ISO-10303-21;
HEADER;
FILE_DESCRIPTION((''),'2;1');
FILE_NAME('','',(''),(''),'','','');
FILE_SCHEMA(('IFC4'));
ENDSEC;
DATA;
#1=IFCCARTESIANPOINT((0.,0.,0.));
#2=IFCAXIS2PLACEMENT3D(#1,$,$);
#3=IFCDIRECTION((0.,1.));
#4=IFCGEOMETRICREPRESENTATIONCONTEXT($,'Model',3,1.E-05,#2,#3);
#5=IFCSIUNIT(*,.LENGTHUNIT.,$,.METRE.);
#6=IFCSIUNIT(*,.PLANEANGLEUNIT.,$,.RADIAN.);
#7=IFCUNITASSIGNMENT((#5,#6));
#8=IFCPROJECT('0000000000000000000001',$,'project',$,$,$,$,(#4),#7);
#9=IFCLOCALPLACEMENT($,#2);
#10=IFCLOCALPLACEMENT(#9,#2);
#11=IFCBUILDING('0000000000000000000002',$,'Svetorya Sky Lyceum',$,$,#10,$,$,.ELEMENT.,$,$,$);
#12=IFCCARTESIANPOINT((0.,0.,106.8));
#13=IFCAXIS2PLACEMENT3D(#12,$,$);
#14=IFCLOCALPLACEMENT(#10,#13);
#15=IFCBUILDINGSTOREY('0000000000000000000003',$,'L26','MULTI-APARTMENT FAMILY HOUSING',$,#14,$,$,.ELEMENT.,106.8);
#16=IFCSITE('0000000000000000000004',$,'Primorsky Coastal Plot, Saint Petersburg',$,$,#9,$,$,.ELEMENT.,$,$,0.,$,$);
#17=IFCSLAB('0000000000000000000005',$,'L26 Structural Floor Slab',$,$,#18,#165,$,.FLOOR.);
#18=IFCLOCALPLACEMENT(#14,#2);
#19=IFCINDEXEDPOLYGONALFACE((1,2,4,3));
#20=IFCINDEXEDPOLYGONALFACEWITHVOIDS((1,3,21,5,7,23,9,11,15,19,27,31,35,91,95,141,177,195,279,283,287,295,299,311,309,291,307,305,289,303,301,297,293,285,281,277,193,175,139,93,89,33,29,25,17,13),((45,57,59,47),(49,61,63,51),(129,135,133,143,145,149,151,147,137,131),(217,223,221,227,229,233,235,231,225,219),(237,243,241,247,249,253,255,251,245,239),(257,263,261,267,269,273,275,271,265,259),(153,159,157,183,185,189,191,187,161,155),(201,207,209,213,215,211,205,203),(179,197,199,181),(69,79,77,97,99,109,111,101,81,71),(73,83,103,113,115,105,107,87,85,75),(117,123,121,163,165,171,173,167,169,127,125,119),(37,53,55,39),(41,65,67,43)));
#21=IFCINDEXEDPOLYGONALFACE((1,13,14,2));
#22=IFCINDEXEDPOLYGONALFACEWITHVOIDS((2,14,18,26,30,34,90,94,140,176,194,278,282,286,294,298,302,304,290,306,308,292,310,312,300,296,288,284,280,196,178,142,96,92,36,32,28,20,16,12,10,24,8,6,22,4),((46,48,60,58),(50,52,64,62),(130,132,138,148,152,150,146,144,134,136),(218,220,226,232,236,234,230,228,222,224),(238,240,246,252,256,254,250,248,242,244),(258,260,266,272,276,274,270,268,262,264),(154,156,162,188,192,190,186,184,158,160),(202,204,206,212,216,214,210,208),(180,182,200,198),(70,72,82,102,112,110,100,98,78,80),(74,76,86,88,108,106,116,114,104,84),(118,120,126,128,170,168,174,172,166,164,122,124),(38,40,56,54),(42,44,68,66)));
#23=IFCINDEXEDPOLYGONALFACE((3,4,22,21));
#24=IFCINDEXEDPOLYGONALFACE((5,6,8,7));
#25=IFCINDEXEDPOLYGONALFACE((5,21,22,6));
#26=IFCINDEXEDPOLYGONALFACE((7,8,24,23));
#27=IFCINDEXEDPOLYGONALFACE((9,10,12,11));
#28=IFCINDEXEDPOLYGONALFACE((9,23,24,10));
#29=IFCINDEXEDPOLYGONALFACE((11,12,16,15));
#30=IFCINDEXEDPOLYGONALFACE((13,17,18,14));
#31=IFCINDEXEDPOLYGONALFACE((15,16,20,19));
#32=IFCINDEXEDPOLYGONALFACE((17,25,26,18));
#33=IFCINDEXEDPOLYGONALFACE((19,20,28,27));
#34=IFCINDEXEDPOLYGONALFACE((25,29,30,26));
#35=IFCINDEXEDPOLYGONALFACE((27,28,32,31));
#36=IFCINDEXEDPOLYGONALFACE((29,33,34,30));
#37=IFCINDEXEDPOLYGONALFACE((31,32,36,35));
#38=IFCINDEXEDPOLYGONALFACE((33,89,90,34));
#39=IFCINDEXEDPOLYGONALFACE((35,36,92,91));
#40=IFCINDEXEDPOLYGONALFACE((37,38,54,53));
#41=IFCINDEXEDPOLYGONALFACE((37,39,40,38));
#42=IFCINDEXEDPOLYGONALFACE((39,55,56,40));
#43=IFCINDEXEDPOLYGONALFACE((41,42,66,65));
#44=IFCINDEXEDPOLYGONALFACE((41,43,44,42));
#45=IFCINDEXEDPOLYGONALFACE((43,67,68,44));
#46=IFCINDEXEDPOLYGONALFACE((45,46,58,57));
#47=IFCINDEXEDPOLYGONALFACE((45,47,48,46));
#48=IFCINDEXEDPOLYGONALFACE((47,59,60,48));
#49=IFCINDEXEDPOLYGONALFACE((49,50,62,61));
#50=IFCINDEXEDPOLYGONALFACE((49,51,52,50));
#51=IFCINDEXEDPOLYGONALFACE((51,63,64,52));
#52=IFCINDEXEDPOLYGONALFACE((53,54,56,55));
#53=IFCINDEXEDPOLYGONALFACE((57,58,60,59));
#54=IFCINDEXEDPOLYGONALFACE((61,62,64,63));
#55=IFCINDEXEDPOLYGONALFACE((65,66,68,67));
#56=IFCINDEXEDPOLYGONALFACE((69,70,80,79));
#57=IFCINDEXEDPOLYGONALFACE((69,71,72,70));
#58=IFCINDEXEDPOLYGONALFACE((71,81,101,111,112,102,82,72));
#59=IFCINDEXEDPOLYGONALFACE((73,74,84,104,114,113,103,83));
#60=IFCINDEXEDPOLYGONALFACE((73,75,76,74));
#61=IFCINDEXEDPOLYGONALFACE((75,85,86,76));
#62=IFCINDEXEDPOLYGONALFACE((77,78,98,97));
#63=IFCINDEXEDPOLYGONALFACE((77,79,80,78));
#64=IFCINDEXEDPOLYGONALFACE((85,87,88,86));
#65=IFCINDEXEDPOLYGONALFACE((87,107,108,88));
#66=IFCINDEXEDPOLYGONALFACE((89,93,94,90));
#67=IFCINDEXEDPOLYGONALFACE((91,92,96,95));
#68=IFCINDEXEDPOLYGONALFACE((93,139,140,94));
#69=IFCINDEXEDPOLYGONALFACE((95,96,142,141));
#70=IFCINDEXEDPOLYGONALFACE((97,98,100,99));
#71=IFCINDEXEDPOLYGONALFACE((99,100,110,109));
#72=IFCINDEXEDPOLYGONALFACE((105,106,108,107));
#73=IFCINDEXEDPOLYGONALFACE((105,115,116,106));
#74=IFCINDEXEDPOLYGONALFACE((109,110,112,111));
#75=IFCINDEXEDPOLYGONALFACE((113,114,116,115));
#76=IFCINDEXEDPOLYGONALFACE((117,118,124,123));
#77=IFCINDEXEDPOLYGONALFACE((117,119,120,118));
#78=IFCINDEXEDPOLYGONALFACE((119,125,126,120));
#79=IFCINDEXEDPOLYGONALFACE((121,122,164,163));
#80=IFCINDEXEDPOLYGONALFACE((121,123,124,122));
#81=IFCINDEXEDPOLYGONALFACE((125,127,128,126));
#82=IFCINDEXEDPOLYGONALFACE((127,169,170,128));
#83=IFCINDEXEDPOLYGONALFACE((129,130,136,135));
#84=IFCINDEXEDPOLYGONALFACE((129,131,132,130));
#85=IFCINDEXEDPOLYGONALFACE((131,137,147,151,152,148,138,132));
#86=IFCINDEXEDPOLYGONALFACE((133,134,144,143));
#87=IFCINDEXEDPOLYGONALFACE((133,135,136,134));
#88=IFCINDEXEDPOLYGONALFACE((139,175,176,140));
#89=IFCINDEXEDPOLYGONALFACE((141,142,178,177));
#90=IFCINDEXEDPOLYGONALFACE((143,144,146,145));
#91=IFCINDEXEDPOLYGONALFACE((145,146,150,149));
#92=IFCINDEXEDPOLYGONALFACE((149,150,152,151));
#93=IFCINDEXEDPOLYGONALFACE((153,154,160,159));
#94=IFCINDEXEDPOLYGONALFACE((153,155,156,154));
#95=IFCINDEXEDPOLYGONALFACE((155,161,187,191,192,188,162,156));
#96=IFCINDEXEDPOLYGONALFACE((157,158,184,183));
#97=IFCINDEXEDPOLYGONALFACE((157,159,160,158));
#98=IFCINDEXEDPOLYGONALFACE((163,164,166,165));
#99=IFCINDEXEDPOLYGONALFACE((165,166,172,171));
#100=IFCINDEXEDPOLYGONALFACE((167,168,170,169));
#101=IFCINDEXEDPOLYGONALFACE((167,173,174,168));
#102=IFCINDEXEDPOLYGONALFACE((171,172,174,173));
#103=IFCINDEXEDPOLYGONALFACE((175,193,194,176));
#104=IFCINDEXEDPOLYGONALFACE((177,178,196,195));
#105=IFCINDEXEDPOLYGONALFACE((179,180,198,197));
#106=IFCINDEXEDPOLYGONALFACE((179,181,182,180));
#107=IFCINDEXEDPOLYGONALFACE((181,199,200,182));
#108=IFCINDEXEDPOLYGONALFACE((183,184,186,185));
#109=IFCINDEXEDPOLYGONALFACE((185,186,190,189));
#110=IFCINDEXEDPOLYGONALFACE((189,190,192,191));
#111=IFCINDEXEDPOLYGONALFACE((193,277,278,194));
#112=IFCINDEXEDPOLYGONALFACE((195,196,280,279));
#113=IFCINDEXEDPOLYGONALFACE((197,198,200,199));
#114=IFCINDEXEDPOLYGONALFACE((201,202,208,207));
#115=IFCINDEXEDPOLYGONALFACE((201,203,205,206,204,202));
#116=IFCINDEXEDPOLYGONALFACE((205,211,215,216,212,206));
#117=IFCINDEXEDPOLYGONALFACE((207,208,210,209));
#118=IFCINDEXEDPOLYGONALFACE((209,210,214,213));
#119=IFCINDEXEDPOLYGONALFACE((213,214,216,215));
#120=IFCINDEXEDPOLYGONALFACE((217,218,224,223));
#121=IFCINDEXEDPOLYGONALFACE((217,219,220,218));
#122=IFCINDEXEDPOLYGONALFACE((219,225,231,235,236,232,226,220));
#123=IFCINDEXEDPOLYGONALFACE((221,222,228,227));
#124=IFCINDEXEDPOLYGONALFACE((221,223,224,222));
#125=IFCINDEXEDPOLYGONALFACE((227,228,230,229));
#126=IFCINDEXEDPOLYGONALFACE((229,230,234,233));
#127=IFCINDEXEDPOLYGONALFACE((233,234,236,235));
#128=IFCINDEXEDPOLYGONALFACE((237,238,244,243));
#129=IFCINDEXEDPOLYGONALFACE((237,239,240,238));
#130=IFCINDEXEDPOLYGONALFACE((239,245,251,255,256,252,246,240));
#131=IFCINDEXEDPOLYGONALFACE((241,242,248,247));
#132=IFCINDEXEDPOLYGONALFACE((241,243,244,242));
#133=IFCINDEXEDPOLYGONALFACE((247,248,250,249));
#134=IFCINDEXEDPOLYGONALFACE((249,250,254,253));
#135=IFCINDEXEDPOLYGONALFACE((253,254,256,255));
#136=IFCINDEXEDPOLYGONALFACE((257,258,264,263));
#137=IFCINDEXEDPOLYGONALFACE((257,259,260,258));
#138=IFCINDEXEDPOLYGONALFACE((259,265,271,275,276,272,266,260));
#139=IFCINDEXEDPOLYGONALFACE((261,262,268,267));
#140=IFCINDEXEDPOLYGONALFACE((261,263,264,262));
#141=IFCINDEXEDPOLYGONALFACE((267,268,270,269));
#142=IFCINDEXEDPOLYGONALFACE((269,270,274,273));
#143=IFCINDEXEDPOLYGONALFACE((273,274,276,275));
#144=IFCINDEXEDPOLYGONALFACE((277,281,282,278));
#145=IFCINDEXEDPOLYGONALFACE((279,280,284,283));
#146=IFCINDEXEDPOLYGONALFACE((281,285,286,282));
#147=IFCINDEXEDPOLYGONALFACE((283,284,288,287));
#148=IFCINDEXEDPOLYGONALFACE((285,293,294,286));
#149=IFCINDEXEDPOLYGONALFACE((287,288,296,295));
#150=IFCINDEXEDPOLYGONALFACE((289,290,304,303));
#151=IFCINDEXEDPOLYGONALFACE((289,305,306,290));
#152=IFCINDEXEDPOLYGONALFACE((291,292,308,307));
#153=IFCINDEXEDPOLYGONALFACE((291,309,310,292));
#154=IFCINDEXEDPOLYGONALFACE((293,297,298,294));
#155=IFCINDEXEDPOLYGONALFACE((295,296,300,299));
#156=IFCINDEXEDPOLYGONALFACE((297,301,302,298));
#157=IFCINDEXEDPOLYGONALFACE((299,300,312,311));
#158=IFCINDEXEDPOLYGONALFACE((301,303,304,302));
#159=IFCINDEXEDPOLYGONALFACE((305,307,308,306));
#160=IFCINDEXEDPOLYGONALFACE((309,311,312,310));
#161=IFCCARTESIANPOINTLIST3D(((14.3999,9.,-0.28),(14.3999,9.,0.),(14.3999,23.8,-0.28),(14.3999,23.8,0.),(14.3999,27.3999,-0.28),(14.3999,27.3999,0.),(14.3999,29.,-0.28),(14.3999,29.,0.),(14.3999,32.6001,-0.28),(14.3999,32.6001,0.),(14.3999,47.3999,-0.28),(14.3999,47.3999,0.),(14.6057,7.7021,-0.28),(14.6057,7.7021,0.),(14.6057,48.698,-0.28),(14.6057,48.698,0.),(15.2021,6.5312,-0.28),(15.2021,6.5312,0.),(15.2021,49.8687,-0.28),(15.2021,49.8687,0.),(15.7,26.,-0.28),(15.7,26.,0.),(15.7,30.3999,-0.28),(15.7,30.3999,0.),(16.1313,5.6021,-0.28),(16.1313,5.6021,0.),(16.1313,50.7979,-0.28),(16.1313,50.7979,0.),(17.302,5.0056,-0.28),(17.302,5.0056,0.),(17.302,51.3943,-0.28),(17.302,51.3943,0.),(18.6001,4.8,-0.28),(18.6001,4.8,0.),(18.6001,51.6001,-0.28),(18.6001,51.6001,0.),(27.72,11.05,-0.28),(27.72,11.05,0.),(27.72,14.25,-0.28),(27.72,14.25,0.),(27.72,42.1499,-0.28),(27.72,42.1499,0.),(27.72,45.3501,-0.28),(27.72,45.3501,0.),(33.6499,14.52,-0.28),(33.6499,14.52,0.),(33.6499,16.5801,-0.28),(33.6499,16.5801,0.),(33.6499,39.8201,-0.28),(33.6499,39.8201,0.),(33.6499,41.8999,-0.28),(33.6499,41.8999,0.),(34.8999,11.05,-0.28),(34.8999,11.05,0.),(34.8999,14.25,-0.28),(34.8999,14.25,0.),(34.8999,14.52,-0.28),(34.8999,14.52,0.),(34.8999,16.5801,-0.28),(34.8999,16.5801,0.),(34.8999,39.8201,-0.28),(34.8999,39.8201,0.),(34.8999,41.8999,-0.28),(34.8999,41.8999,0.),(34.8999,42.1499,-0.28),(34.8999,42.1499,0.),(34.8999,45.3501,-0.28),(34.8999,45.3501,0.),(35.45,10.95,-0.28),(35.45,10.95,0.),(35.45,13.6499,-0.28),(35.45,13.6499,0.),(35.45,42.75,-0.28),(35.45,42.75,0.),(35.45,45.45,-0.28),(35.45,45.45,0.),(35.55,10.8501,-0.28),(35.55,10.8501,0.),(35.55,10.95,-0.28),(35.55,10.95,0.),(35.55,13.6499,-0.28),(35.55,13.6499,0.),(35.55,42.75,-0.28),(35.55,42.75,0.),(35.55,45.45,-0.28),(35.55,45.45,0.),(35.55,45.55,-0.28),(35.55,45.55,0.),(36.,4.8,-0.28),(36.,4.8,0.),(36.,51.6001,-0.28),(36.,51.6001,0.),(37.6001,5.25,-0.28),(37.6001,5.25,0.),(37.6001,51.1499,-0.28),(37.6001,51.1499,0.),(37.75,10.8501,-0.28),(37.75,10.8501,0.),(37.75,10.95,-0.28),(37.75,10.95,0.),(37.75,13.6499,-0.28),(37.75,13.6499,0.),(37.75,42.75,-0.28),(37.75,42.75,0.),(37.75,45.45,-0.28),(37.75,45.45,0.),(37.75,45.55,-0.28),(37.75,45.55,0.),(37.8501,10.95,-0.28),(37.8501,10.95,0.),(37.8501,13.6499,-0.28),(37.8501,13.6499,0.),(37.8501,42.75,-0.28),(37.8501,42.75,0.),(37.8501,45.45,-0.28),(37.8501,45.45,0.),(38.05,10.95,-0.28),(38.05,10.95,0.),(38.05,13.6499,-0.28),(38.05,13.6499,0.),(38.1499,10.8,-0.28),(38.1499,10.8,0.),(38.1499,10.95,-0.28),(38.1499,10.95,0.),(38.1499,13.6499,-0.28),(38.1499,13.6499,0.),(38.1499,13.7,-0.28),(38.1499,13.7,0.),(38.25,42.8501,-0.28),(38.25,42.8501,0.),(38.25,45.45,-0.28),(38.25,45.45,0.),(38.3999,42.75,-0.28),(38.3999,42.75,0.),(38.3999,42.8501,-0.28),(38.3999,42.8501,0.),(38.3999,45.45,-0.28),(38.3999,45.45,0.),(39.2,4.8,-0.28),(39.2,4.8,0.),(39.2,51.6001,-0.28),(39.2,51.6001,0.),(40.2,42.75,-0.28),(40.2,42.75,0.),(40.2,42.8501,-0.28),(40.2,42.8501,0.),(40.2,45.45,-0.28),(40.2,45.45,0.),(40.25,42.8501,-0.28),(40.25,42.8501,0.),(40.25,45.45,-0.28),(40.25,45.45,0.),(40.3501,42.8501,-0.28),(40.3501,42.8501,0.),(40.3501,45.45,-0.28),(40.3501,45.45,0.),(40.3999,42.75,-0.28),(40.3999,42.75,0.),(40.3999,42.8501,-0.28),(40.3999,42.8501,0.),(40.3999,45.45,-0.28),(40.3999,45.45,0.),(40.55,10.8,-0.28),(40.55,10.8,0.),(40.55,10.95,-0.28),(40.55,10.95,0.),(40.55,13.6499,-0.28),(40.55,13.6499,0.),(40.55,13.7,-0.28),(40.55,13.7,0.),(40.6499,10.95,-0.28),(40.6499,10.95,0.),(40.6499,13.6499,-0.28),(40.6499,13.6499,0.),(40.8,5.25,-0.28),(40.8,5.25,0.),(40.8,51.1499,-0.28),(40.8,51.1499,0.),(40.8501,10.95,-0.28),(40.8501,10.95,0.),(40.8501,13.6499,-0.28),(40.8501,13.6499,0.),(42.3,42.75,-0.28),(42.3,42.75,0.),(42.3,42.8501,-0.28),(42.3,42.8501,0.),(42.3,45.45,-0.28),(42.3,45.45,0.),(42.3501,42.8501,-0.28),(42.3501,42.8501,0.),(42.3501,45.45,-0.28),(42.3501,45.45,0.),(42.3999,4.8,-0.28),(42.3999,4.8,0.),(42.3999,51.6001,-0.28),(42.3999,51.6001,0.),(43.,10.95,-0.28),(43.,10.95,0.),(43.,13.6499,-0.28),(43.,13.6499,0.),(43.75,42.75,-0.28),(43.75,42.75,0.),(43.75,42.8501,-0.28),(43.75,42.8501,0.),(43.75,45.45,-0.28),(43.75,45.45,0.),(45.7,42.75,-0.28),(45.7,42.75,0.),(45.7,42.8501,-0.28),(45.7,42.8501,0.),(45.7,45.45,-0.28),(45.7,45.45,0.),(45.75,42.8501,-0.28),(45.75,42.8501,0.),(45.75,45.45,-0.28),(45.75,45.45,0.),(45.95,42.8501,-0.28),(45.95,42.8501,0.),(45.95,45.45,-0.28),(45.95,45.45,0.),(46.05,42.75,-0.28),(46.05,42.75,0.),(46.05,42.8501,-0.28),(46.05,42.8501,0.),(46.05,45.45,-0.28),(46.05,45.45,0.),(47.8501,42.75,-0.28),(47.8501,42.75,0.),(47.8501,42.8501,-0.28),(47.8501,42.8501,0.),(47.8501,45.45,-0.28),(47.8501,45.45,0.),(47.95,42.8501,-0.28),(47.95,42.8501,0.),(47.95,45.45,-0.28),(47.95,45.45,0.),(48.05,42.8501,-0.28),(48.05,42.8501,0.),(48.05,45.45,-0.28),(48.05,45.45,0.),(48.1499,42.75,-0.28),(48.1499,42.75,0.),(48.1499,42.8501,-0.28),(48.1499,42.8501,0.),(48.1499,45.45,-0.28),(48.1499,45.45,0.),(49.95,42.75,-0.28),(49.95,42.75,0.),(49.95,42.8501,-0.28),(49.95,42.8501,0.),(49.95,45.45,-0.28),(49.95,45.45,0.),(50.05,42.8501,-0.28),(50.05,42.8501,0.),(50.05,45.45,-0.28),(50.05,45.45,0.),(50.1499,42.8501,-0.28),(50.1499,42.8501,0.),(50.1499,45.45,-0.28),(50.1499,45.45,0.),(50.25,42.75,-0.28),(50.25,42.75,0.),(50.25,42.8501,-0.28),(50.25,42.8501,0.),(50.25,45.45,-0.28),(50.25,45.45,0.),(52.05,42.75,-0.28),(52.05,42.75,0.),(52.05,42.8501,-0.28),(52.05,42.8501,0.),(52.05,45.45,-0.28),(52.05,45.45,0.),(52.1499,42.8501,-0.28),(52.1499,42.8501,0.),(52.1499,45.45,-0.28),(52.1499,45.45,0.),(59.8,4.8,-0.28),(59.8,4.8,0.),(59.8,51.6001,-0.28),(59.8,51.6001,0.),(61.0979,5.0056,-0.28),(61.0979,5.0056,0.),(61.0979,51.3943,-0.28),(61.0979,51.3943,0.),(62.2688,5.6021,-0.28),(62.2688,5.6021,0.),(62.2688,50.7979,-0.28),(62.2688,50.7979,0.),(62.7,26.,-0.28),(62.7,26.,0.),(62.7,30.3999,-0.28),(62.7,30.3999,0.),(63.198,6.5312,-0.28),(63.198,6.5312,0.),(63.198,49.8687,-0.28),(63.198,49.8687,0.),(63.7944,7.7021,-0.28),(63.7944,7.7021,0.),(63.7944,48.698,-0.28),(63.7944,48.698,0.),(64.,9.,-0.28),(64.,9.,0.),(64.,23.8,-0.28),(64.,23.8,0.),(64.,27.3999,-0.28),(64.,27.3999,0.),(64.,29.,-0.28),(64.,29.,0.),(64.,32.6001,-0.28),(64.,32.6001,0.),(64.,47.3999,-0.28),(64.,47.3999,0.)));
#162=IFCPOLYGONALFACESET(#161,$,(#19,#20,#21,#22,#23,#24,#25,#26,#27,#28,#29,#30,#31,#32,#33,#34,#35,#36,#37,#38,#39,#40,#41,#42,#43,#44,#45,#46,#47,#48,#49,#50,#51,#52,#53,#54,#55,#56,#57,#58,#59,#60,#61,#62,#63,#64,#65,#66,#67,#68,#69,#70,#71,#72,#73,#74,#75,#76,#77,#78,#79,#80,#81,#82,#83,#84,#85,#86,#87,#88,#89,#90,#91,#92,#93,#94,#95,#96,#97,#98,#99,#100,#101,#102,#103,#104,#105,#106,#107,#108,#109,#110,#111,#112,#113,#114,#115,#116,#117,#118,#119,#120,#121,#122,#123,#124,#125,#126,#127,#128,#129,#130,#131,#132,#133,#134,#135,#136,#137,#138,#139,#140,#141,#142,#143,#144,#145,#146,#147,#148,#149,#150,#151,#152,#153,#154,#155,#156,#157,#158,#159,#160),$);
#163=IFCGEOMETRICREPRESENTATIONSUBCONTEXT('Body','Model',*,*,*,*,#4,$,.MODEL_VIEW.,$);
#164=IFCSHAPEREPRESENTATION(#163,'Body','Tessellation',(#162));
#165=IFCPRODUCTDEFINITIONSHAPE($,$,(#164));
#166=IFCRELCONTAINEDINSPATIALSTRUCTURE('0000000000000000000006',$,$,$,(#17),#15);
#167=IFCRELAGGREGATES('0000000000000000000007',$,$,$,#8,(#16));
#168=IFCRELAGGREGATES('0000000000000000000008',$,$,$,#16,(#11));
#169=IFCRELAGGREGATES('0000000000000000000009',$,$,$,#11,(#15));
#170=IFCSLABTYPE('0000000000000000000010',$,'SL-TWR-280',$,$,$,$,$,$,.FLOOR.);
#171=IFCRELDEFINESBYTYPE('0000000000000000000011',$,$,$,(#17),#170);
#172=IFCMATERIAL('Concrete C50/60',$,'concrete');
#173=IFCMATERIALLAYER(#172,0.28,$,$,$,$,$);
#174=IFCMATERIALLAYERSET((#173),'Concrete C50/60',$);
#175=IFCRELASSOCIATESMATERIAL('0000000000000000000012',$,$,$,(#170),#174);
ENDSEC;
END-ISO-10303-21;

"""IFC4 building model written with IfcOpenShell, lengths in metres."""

from ifc_helpers import new_model, si_unit, direction, frame, origin, place, context, subcontext, project, spatial, polyline, outline, extrude, material, layer, layer_set, type_object, element, save


model = new_model("IFC4")

# Units and contexts
model_context = context("Model", 3, precision=1e-05, world=origin(), true_north=direction((0.0, 1.0)))
body_context = subcontext(model_context, "Body", "Model", "MODEL_VIEW")
ifc_project = project(units=[si_unit("LENGTHUNIT", "METRE"), si_unit("PLANEANGLEUNIT", "RADIAN")], contexts=[model_context])

# Site, building, storey
site_placement = place(None, origin())
site = spatial("IfcSite", under=ifc_project, at=site_placement, Name="Primorsky Coastal Plot, Saint Petersburg", CompositionType="ELEMENT", RefElevation=0.0)
building_placement = place(site_placement, origin())
building = spatial("IfcBuilding", under=site, at=building_placement, Name="Svetorya Sky Lyceum", CompositionType="ELEMENT")
storey_placement = place(building_placement, frame((0.0, 0.0, 106.8)))
storey = spatial("IfcBuildingStorey", under=building, at=storey_placement, Name="L26", Description="MULTI-APARTMENT FAMILY HOUSING", CompositionType="ELEMENT", Elevation=106.8)

# Shared definitions
ifc_material_1 = material(Name="Concrete C50/60", Category="concrete")

# Slab
ifc_layer_1 = layer(ifc_material_1, 0.28)
ifc_layer_set_1 = layer_set([ifc_layer_1], Name="Concrete C50/60")
slab_type_1 = type_object("IfcSlabType", Name="SL-TWR-280", PredefinedType="FLOOR", material=ifc_layer_set_1)
slab_1_placement = place(storey_placement, frame((0.0, 0.0, -0.28)))
element("IfcSlab", 1, at=slab_1_placement, inside=storey, type_object=slab_type_1, Name="L26 Structural Floor Slab", PredefinedType="FLOOR", context=body_context, shape_type="SweptSolid", body=[
    extrude(outline(polyline([(14.3999, 9.0), (14.6057, 7.7021), (15.2021, 6.5312), (16.1313, 5.6021), (17.302, 5.0056), (18.6001, 4.8), (36.0, 4.8), (37.6001, 5.25), (39.2, 4.8), (40.8, 5.25), (42.3999, 4.8), (59.8, 4.8), (61.0979, 5.0056), (62.2688, 5.6021), (63.198, 6.5312), (63.7944, 7.7021), (64.0, 9.0), (64.0, 23.8), (62.7, 26.0), (64.0, 27.3999), (64.0, 29.0), (62.7, 30.3999), (64.0, 32.6001), (64.0, 47.3999), (63.7944, 48.698), (63.198, 49.8687), (62.2688, 50.7979), (61.0979, 51.3943), (59.8, 51.6001), (42.3999, 51.6001), (40.8, 51.1499), (39.2, 51.6001), (37.6001, 51.1499), (36.0, 51.6001), (18.6001, 51.6001), (17.302, 51.3943), (16.1313, 50.7979), (15.2021, 49.8687), (14.6057, 48.698), (14.3999, 47.3999), (14.3999, 32.6001), (15.7, 30.3999), (14.3999, 29.0), (14.3999, 27.3999), (15.7, 26.0), (14.3999, 23.8), (14.3999, 9.0)]), holes=[polyline([(37.8501, 10.95), (37.75, 10.95), (37.75, 10.8501), (35.55, 10.8501), (35.55, 10.95), (35.45, 10.95), (35.45, 13.6499), (35.55, 13.6499), (37.75, 13.6499), (37.8501, 13.6499), (37.8501, 10.95)]), polyline([(40.6499, 13.6499), (40.6499, 10.95), (40.55, 10.95), (40.55, 10.8), (38.1499, 10.8), (38.1499, 10.95), (38.05, 10.95), (38.05, 13.6499), (38.1499, 13.6499), (38.1499, 13.7), (40.55, 13.7), (40.55, 13.6499), (40.6499, 13.6499)]), polyline([(27.72, 14.25), (34.8999, 14.25), (34.8999, 11.05), (27.72, 11.05), (27.72, 14.25)]), polyline([(33.6499, 14.52), (33.6499, 16.5801), (34.8999, 16.5801), (34.8999, 14.52), (33.6499, 14.52)]), polyline([(33.6499, 41.8999), (34.8999, 41.8999), (34.8999, 39.8201), (33.6499, 39.8201), (33.6499, 41.8999)]), polyline([(27.72, 45.3501), (34.8999, 45.3501), (34.8999, 42.1499), (27.72, 42.1499), (27.72, 45.3501)]), polyline([(37.75, 45.55), (37.75, 45.45), (37.8501, 45.45), (37.8501, 42.75), (37.75, 42.75), (35.55, 42.75), (35.45, 42.75), (35.45, 45.45), (35.55, 45.45), (35.55, 45.55), (37.75, 45.55)]), polyline([(38.3999, 42.8501), (38.25, 42.8501), (38.25, 45.45), (38.3999, 45.45), (40.2, 45.45), (40.25, 45.45), (40.25, 42.8501), (40.2, 42.8501), (40.2, 42.75), (38.3999, 42.75), (38.3999, 42.8501)]), polyline([(40.8501, 13.6499), (43.0, 13.6499), (43.0, 10.95), (40.8501, 10.95), (40.8501, 13.6499)]), polyline([(40.3999, 42.8501), (40.3501, 42.8501), (40.3501, 45.45), (40.3999, 45.45), (42.3, 45.45), (42.3501, 45.45), (42.3501, 42.8501), (42.3, 42.8501), (42.3, 42.75), (40.3999, 42.75), (40.3999, 42.8501)]), polyline([(43.75, 42.75), (43.75, 42.8501), (43.75, 45.45), (45.7, 45.45), (45.75, 45.45), (45.75, 42.8501), (45.7, 42.8501), (45.7, 42.75), (43.75, 42.75)]), polyline([(46.05, 42.8501), (45.95, 42.8501), (45.95, 45.45), (46.05, 45.45), (47.8501, 45.45), (47.95, 45.45), (47.95, 42.8501), (47.8501, 42.8501), (47.8501, 42.75), (46.05, 42.75), (46.05, 42.8501)]), polyline([(48.1499, 42.8501), (48.05, 42.8501), (48.05, 45.45), (48.1499, 45.45), (49.95, 45.45), (50.05, 45.45), (50.05, 42.8501), (49.95, 42.8501), (49.95, 42.75), (48.1499, 42.75), (48.1499, 42.8501)]), polyline([(52.1499, 42.8501), (52.05, 42.8501), (52.05, 42.75), (50.25, 42.75), (50.25, 42.8501), (50.1499, 42.8501), (50.1499, 45.45), (50.25, 45.45), (52.05, 45.45), (52.1499, 45.45), (52.1499, 42.8501)])]), origin(), (0.0, 0.0, 1.0), 0.28),
])

save(model, "model.ifc")
